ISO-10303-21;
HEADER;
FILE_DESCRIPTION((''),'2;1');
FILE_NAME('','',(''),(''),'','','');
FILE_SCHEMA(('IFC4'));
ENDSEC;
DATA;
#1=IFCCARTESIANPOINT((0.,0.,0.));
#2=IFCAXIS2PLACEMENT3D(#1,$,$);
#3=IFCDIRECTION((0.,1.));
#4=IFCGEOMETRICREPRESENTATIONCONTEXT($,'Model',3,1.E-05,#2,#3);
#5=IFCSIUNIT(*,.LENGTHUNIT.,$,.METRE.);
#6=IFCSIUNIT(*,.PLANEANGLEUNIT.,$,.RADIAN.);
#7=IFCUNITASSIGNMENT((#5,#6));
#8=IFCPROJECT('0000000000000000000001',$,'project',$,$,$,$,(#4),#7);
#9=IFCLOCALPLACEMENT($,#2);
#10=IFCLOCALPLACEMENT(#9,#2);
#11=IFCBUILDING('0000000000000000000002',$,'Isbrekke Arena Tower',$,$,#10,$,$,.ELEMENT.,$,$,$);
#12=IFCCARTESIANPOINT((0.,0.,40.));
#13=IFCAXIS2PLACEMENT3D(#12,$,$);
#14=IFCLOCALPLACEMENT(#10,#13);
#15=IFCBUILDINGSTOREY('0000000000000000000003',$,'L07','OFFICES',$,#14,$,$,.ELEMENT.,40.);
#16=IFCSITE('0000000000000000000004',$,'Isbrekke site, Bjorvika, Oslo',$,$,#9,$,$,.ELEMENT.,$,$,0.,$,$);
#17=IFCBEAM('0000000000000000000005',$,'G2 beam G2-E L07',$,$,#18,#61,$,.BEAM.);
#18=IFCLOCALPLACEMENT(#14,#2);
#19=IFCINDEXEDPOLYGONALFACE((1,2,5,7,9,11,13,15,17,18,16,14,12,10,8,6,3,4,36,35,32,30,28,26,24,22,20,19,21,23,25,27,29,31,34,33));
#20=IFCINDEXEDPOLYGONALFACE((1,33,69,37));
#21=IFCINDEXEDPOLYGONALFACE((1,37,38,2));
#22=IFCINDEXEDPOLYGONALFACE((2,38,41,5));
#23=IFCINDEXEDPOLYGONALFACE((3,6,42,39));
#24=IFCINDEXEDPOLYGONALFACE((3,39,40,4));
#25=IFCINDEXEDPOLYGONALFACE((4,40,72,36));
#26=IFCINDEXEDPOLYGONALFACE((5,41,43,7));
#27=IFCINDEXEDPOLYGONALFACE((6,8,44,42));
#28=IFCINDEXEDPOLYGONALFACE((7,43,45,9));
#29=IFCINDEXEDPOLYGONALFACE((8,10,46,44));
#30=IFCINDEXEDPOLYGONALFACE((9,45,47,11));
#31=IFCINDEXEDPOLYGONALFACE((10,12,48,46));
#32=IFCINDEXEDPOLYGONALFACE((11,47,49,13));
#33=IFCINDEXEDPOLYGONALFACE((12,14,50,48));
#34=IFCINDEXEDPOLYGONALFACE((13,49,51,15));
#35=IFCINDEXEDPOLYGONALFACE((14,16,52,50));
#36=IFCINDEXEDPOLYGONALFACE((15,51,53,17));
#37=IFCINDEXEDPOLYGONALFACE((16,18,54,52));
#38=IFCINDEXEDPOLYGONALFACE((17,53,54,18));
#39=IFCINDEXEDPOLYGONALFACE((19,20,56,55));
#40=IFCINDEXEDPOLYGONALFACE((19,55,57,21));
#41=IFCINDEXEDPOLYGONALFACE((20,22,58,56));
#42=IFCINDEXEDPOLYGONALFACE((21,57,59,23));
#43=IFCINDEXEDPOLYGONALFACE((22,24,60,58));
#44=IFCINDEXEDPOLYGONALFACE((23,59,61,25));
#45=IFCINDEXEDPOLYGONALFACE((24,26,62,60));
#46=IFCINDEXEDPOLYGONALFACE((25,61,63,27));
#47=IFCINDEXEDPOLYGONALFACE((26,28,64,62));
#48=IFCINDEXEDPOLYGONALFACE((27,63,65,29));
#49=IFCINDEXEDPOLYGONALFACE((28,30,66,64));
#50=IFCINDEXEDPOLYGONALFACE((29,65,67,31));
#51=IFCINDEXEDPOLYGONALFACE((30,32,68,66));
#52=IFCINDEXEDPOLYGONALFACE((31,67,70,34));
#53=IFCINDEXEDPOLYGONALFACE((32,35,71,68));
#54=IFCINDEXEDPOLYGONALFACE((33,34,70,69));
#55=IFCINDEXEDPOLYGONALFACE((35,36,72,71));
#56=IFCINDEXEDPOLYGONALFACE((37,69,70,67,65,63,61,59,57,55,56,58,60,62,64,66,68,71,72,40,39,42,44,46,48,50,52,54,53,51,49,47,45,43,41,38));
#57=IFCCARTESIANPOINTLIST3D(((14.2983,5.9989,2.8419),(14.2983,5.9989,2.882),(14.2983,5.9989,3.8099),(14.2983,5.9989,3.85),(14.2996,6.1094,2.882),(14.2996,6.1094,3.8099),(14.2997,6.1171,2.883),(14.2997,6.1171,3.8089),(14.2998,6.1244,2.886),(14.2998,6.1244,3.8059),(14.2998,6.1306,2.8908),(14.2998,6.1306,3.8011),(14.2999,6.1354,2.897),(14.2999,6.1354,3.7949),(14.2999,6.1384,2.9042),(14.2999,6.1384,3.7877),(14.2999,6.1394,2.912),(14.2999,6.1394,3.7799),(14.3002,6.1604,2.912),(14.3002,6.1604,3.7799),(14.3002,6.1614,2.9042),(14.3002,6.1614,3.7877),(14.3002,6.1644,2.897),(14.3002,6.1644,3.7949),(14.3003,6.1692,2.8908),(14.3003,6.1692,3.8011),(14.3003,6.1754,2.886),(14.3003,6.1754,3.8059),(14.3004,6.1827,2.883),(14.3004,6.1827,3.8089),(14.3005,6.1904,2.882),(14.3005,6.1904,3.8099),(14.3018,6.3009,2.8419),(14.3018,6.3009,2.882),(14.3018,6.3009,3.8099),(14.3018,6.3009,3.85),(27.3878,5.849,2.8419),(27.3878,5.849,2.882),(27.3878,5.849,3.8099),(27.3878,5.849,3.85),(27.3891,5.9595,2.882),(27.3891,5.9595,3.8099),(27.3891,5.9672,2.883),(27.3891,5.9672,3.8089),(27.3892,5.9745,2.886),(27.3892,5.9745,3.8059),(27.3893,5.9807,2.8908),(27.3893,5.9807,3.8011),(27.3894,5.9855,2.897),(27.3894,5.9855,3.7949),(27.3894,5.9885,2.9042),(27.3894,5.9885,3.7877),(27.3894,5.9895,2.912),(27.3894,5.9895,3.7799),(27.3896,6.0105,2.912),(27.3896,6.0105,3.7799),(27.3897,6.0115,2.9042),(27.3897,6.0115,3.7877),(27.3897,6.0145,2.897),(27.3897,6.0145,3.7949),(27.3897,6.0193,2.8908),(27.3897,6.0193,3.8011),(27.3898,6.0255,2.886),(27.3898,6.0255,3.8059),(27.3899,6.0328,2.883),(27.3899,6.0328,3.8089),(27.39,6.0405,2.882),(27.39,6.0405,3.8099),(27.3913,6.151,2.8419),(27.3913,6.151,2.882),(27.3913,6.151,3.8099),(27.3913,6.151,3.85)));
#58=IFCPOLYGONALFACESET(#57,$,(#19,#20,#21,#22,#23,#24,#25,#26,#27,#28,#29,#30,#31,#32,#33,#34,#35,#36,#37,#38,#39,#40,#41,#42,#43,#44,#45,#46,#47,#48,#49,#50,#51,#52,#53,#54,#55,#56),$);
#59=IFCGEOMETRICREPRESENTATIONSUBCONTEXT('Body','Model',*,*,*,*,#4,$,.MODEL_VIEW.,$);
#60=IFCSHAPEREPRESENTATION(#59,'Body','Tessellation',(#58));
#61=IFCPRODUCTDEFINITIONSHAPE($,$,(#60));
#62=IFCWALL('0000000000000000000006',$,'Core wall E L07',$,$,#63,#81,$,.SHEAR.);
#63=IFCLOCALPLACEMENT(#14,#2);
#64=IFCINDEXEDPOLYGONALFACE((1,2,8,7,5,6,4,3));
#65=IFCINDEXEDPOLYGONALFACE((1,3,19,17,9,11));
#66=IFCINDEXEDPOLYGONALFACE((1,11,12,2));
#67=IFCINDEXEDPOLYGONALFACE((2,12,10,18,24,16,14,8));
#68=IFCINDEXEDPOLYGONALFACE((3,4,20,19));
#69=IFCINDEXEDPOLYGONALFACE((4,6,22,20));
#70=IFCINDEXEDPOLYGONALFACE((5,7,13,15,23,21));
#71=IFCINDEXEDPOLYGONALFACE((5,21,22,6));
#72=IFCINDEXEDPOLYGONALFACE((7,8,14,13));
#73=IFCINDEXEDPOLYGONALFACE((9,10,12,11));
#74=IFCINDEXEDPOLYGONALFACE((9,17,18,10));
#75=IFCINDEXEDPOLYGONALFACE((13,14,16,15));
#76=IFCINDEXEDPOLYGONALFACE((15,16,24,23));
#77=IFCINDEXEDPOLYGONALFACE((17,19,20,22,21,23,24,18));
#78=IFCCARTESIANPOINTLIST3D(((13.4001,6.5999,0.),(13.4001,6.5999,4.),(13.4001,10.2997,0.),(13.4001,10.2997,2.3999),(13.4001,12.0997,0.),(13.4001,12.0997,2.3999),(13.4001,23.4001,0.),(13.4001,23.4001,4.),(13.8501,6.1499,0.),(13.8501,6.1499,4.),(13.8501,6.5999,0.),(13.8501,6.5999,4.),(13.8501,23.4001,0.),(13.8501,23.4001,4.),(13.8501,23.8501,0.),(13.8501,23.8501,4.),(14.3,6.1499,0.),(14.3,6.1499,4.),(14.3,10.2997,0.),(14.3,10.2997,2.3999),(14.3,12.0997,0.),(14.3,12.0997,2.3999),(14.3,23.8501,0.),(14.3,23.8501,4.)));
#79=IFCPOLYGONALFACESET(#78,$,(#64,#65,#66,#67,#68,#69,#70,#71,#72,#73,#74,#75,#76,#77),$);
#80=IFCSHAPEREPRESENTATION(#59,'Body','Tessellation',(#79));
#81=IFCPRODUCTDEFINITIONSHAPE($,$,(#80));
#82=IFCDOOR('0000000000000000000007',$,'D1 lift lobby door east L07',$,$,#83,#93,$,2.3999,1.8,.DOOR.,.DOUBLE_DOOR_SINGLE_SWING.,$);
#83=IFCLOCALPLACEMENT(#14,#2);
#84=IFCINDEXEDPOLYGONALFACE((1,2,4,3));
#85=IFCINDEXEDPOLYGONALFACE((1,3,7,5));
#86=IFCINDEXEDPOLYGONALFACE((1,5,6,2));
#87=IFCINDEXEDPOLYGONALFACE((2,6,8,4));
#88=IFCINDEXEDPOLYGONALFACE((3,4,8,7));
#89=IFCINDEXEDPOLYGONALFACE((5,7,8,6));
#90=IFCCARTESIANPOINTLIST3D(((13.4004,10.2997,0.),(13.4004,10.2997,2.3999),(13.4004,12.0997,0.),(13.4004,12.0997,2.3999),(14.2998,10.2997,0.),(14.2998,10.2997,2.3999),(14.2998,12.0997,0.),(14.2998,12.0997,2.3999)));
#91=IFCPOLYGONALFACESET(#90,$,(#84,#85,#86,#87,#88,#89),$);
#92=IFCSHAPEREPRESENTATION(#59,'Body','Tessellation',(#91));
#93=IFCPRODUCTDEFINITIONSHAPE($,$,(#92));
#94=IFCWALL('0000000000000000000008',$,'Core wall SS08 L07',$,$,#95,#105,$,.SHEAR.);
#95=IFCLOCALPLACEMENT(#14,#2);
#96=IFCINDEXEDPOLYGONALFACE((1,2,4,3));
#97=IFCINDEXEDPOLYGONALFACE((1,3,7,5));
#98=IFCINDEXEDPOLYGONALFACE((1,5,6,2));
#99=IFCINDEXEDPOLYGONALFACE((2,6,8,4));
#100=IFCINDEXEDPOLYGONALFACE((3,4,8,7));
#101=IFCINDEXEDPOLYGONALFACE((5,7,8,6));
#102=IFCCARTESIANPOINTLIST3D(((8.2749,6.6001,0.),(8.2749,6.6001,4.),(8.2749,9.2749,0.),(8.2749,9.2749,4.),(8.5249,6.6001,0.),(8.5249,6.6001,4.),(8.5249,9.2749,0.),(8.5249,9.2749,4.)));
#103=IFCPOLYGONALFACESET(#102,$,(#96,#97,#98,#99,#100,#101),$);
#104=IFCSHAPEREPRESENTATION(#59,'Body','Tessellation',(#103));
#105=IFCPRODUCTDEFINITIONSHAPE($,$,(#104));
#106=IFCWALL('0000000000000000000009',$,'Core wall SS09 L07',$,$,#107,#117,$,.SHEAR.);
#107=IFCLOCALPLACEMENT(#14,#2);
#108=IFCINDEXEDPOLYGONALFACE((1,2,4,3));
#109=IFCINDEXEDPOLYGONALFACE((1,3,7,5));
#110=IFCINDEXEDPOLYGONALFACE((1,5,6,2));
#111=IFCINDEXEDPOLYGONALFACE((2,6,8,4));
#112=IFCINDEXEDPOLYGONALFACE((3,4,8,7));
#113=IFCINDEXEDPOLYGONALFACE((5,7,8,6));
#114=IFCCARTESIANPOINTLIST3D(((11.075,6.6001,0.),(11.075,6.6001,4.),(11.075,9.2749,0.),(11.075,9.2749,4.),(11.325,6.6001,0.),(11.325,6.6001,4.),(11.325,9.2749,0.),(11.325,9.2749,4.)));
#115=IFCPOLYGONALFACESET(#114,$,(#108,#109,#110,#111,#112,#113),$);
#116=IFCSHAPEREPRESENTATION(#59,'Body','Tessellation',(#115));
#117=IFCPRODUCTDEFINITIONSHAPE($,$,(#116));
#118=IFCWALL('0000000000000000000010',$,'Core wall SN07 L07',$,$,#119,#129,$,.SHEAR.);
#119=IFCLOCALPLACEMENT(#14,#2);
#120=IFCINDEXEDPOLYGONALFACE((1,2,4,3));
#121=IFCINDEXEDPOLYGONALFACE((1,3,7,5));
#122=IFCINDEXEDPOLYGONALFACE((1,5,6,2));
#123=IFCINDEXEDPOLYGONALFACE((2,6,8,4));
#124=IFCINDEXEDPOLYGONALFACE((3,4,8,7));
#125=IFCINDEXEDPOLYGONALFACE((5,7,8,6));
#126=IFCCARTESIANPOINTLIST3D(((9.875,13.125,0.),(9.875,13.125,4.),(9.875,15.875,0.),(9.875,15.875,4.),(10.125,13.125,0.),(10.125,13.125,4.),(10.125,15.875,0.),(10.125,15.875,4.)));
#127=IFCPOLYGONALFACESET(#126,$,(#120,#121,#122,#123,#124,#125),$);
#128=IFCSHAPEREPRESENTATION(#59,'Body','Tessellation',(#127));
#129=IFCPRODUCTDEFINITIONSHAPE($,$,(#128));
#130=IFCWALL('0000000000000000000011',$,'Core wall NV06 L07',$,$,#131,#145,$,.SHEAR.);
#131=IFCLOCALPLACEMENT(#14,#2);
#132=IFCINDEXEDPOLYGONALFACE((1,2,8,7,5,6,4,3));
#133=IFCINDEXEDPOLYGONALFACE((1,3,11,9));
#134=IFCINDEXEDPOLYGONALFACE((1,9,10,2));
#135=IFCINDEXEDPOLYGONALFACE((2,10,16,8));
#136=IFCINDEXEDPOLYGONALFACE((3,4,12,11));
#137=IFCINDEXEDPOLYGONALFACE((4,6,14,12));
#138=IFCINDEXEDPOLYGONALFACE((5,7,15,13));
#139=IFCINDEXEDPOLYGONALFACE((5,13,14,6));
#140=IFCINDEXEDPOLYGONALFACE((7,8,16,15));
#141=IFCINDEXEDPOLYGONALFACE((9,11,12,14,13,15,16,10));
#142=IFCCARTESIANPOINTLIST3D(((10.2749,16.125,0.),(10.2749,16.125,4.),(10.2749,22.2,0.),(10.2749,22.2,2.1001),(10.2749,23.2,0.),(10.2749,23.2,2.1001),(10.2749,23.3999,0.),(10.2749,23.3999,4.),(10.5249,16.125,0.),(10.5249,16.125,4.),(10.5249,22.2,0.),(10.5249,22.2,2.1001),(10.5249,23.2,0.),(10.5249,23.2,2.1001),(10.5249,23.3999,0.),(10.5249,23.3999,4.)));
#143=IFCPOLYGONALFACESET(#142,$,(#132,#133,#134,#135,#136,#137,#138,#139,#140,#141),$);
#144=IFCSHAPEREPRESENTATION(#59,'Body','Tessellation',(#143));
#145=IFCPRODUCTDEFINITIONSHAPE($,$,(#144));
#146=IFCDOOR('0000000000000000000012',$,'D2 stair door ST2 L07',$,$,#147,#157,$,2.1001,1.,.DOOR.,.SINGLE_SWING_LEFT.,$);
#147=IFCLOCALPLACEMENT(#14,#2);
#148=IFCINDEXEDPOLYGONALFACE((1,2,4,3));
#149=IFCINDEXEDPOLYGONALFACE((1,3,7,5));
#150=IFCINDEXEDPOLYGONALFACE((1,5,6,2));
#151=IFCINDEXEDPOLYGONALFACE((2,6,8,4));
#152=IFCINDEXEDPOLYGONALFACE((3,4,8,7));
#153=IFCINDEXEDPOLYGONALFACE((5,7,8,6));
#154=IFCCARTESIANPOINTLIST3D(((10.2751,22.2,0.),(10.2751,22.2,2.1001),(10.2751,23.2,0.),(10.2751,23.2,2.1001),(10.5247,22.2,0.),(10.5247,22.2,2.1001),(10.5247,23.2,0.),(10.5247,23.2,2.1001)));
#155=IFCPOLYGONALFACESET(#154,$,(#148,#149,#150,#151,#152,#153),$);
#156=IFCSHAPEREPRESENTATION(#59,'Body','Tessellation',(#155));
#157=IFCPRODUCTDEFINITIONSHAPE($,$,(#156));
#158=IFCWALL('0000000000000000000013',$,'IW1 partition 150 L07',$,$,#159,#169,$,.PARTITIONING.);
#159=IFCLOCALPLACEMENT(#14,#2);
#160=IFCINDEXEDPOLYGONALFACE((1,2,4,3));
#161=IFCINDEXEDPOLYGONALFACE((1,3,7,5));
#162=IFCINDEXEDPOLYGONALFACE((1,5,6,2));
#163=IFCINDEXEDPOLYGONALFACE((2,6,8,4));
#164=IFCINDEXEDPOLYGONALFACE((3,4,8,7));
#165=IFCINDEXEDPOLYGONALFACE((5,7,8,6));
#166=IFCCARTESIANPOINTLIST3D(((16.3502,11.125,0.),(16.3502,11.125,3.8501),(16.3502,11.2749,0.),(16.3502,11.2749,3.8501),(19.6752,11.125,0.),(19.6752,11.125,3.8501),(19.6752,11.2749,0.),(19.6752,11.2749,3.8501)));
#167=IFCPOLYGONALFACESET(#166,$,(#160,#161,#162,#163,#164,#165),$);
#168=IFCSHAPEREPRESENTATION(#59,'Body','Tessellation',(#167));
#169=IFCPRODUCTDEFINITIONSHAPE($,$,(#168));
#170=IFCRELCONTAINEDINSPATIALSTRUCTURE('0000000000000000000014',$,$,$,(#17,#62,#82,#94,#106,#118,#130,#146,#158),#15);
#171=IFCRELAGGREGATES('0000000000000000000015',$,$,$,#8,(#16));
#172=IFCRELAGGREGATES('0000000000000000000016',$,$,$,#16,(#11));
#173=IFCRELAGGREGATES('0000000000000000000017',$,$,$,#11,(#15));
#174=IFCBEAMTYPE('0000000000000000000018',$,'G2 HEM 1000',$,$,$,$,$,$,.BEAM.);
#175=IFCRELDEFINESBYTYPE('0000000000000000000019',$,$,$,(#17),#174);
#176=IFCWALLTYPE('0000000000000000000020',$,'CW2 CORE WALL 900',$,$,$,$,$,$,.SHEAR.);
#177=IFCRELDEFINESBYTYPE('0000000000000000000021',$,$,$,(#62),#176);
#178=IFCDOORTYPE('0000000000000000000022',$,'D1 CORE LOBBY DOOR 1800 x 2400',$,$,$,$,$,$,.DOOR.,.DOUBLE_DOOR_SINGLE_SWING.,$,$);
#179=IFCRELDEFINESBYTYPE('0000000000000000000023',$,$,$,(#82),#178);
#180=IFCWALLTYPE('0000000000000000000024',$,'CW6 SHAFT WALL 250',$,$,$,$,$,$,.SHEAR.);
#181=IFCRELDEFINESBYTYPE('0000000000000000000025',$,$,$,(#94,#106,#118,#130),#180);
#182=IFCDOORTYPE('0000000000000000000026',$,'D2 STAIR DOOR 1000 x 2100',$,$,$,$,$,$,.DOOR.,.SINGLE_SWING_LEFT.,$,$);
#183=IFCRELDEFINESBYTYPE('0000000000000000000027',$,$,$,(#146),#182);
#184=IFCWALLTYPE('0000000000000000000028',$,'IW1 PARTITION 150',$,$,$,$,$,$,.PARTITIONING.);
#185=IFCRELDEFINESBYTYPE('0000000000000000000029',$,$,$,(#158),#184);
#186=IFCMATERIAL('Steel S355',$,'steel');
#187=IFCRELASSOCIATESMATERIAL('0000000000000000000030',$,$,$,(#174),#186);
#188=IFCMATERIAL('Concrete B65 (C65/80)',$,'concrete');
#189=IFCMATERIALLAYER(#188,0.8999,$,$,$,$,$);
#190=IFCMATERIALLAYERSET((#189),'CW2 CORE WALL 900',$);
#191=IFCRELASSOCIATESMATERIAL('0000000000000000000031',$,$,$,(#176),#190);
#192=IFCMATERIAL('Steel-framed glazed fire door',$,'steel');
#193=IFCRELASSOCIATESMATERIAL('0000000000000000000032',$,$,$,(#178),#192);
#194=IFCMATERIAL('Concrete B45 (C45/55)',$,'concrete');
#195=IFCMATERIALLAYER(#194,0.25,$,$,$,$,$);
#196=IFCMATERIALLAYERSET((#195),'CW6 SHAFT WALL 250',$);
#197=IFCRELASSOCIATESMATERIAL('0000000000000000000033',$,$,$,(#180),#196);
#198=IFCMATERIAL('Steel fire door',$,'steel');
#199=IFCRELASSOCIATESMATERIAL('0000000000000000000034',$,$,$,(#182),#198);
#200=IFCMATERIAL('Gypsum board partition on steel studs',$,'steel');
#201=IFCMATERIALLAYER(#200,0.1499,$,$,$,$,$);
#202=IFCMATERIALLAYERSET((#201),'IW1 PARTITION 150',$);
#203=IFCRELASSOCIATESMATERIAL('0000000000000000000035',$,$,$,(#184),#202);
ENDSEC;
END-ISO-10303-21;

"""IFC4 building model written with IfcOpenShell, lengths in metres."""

from ifc_helpers import new_model, si_unit, direction, frame, frame_2d, origin, origin_2d, place, context, subcontext, project, spatial, polyline, rectangle, i_section, outline, extrude, material, layer, layer_set, material_profile, profile_set, type_object, element, fill, save


model = new_model("IFC4")

# Units and contexts
model_context = context("Model", 3, precision=1e-05, world=origin(), true_north=direction((0.0, 1.0)))
body_context = subcontext(model_context, "Body", "Model", "MODEL_VIEW")
ifc_project = project(units=[si_unit("LENGTHUNIT", "METRE"), si_unit("PLANEANGLEUNIT", "RADIAN")], contexts=[model_context])

# Site, building, storey
site_placement = place(None, origin())
site = spatial("IfcSite", under=ifc_project, at=site_placement, Name="Isbrekke site, Bjorvika, Oslo", CompositionType="ELEMENT", RefElevation=0.0)
building_placement = place(site_placement, origin())
building = spatial("IfcBuilding", under=site, at=building_placement, Name="Isbrekke Arena Tower", CompositionType="ELEMENT")
storey_placement = place(building_placement, frame((0.0, 0.0, 40.0)))
storey = spatial("IfcBuildingStorey", under=building, at=storey_placement, Name="L07", Description="OFFICES", CompositionType="ELEMENT", Elevation=40.0)

# Beam
ifc_material_1 = material(Name="Steel S355", Category="steel")
ifc_material_profile = material_profile(ifc_material_1, i_section(OverallWidth=0.302, OverallDepth=1.0081, WebThickness=0.021, FlangeThickness=0.04, FilletRadius=0.03, at=origin_2d()), Name="HEM 1000")
ifc_profile_set = profile_set([ifc_material_profile], Name="Steel S355")
beam_type = type_object("IfcBeamType", Name="G2 HEM 1000", PredefinedType="BEAM", material=ifc_profile_set)
beam_placement = place(storey_placement, frame((14.3, 6.1499, 3.3459), z_axis=(0.999934, -0.011451, 0.0), x_axis=(0.011451, 0.999934, 0.0)))
element("IfcBeam", 1, at=beam_placement, inside=storey, type_object=beam_type, Name="G2 beam G2-E L07", PredefinedType="BEAM", context=body_context, shape_type="SweptSolid", body=[
    extrude(i_section(OverallWidth=0.302, OverallDepth=1.0081, WebThickness=0.021, FlangeThickness=0.04, FilletRadius=0.03, at=origin_2d()), origin(), (0.0, 0.0, 1.0), 13.0903),
])

# Wall, opening, door
ifc_material_2 = material(Name="Concrete B65 (C65/80)", Category="concrete")
ifc_layer_1 = layer(ifc_material_2, 0.8999)
ifc_layer_set_1 = layer_set([ifc_layer_1], Name="CW2 CORE WALL 900")
wall_type_1 = type_object("IfcWallType", Name="CW2 CORE WALL 900", PredefinedType="SHEAR", material=ifc_layer_set_1)
wall_1_placement = place(storey_placement, frame((13.8501, 6.1499, 0.0), z_axis=(0.0, 0.0, 1.0), x_axis=(0.0, 1.0, 0.0)))
wall_1 = element("IfcWall", 2, at=wall_1_placement, inside=storey, type_object=wall_type_1, Name="Core wall E L07", PredefinedType="SHEAR", context=body_context, shape_type="SweptSolid", body=[
    extrude(outline(polyline([(0.0, -0.45), (17.7002, -0.45), (17.7002, 0.0), (17.2502, 0.0), (17.2502, 0.45), (0.45, 0.45), (0.45, 0.0), (0.0, 0.0), (0.0, -0.45)])), origin(), (0.0, 0.0, 1.0), 4.0),
])
opening_1_placement = place(wall_1_placement, frame((4.1499, 0.0, 0.0)))
opening_1 = element("IfcOpeningElement", 3, at=opening_1_placement, cuts=wall_1, PredefinedType="OPENING", context=body_context, shape_type="SweptSolid", body=[
    extrude(rectangle(XDim=1.8, YDim=2.3999, at=frame_2d((0.8999, 1.2))), frame((0.0, 0.4648, 0.0), z_axis=(0.0, -1.0, 0.0), x_axis=(1.0, 0.0, 0.0)), (0.0, 0.0, 1.0), 0.9297),
])
ifc_material_3 = material(Name="Steel-framed glazed fire door", Category="steel")
door_type_1 = type_object("IfcDoorType", Name="D1 CORE LOBBY DOOR 1800 x 2400", OperationType="DOUBLE_DOOR_SINGLE_SWING", PredefinedType="DOOR", material=ifc_material_3)
door_1_placement = place(opening_1_placement, origin())
door_1 = element("IfcDoor", 4, at=door_1_placement, inside=storey, type_object=door_type_1, Name="D1 lift lobby door east L07", OperationType="DOUBLE_DOOR_SINGLE_SWING", OverallHeight=2.3999, OverallWidth=1.8, PredefinedType="DOOR", context=body_context, shape_type="SweptSolid", body=[
    extrude(rectangle(XDim=1.8, YDim=2.3999, at=frame_2d((0.8999, 1.2))), frame((0.0, 0.4497, 0.0), z_axis=(0.0, -1.0, 0.0), x_axis=(1.0, 0.0, 0.0)), (0.0, 0.0, 1.0), 0.8994),
])
fill(opening_1, door_1)

# Walls
ifc_material_4 = material(Name="Concrete B45 (C45/55)", Category="concrete")
ifc_layer_2 = layer(ifc_material_4, 0.25)
ifc_layer_set_2 = layer_set([ifc_layer_2], Name="CW6 SHAFT WALL 250")
wall_type_2 = type_object("IfcWallType", Name="CW6 SHAFT WALL 250", PredefinedType="SHEAR", material=ifc_layer_set_2)
for number, where, z_axis, x_axis, name in (
    (5, (8.3999, 6.6001, 0.0), (0.0, 0.0, 1.0), (0.0, 1.0, 0.0), "Core wall SS08 L07"),
    (6, (11.2, 6.6001, 0.0), (0.0, 0.0, 1.0), (0.0, 1.0, 0.0), "Core wall SS09 L07"),
):
    element("IfcWall", number, at=place(storey_placement, frame(where, z_axis=z_axis, x_axis=x_axis)), inside=storey, type_object=wall_type_2, Name=name, PredefinedType="SHEAR", context=body_context, shape_type="SweptSolid", body=[
        extrude(rectangle(XDim=2.6748, YDim=0.25, at=frame_2d((1.3374, 0.0))), origin(), (0.0, 0.0, 1.0), 4.0),
    ])
wall_2_placement = place(storey_placement, frame((10.0, 13.125, 0.0), z_axis=(0.0, 0.0, 1.0), x_axis=(0.0, 1.0, 0.0)))
element("IfcWall", 7, at=wall_2_placement, inside=storey, type_object=wall_type_2, Name="Core wall SN07 L07", PredefinedType="SHEAR", context=body_context, shape_type="SweptSolid", body=[
    extrude(rectangle(XDim=2.75, YDim=0.25, at=frame_2d((1.375, 0.0))), origin(), (0.0, 0.0, 1.0), 4.0),
])

# Wall, opening, door
wall_3_placement = place(storey_placement, frame((10.3999, 16.125, 0.0), z_axis=(0.0, 0.0, 1.0), x_axis=(0.0, 1.0, 0.0)))
wall_3 = element("IfcWall", 8, at=wall_3_placement, inside=storey, type_object=wall_type_2, Name="Core wall NV06 L07", PredefinedType="SHEAR", context=body_context, shape_type="SweptSolid", body=[
    extrude(rectangle(XDim=7.2749, YDim=0.25, at=frame_2d((3.6375, 0.0))), origin(), (0.0, 0.0, 1.0), 4.0),
])
opening_2_placement = place(wall_3_placement, frame((6.075, 0.0, 0.0)))
opening_2 = element("IfcOpeningElement", 9, at=opening_2_placement, cuts=wall_3, PredefinedType="OPENING", context=body_context, shape_type="SweptSolid", body=[
    extrude(rectangle(XDim=1.0, YDim=2.1001, at=frame_2d((0.5, 1.05))), frame((0.0, 0.1399, 0.0), z_axis=(0.0, -1.0, 0.0), x_axis=(1.0, 0.0, 0.0)), (0.0, 0.0, 1.0), 0.2798),
])
ifc_material_5 = material(Name="Steel fire door", Category="steel")
door_type_2 = type_object("IfcDoorType", Name="D2 STAIR DOOR 1000 x 2100", OperationType="SINGLE_SWING_LEFT", PredefinedType="DOOR", material=ifc_material_5)
door_2_placement = place(opening_2_placement, origin())
door_2 = element("IfcDoor", 10, at=door_2_placement, inside=storey, type_object=door_type_2, Name="D2 stair door ST2 L07", OperationType="SINGLE_SWING_LEFT", OverallHeight=2.1001, OverallWidth=1.0, PredefinedType="DOOR", context=body_context, shape_type="SweptSolid", body=[
    extrude(rectangle(XDim=1.0, YDim=2.1001, at=frame_2d((0.5, 1.05))), frame((0.0, 0.1248, 0.0), z_axis=(0.0, -1.0, 0.0), x_axis=(1.0, 0.0, 0.0)), (0.0, 0.0, 1.0), 0.2495),
])
fill(opening_2, door_2)

# Wall
ifc_material_6 = material(Name="Gypsum board partition on steel studs", Category="steel")
ifc_layer_3 = layer(ifc_material_6, 0.1499)
ifc_layer_set_3 = layer_set([ifc_layer_3], Name="IW1 PARTITION 150")
wall_type_3 = type_object("IfcWallType", Name="IW1 PARTITION 150", PredefinedType="PARTITIONING", material=ifc_layer_set_3)
wall_4_placement = place(storey_placement, frame((16.3501, 11.2, 0.0), z_axis=(0.0, 0.0, 1.0), x_axis=(1.0, 0.0, 0.0)))
element("IfcWall", 11, at=wall_4_placement, inside=storey, type_object=wall_type_3, Name="IW1 partition 150 L07", PredefinedType="PARTITIONING", context=body_context, shape_type="SweptSolid", body=[
    extrude(rectangle(XDim=3.325, YDim=0.1499, at=frame_2d((1.6626, 0.0))), origin(), (0.0, 0.0, 1.0), 3.8501),
])

save(model, "model.ifc")
